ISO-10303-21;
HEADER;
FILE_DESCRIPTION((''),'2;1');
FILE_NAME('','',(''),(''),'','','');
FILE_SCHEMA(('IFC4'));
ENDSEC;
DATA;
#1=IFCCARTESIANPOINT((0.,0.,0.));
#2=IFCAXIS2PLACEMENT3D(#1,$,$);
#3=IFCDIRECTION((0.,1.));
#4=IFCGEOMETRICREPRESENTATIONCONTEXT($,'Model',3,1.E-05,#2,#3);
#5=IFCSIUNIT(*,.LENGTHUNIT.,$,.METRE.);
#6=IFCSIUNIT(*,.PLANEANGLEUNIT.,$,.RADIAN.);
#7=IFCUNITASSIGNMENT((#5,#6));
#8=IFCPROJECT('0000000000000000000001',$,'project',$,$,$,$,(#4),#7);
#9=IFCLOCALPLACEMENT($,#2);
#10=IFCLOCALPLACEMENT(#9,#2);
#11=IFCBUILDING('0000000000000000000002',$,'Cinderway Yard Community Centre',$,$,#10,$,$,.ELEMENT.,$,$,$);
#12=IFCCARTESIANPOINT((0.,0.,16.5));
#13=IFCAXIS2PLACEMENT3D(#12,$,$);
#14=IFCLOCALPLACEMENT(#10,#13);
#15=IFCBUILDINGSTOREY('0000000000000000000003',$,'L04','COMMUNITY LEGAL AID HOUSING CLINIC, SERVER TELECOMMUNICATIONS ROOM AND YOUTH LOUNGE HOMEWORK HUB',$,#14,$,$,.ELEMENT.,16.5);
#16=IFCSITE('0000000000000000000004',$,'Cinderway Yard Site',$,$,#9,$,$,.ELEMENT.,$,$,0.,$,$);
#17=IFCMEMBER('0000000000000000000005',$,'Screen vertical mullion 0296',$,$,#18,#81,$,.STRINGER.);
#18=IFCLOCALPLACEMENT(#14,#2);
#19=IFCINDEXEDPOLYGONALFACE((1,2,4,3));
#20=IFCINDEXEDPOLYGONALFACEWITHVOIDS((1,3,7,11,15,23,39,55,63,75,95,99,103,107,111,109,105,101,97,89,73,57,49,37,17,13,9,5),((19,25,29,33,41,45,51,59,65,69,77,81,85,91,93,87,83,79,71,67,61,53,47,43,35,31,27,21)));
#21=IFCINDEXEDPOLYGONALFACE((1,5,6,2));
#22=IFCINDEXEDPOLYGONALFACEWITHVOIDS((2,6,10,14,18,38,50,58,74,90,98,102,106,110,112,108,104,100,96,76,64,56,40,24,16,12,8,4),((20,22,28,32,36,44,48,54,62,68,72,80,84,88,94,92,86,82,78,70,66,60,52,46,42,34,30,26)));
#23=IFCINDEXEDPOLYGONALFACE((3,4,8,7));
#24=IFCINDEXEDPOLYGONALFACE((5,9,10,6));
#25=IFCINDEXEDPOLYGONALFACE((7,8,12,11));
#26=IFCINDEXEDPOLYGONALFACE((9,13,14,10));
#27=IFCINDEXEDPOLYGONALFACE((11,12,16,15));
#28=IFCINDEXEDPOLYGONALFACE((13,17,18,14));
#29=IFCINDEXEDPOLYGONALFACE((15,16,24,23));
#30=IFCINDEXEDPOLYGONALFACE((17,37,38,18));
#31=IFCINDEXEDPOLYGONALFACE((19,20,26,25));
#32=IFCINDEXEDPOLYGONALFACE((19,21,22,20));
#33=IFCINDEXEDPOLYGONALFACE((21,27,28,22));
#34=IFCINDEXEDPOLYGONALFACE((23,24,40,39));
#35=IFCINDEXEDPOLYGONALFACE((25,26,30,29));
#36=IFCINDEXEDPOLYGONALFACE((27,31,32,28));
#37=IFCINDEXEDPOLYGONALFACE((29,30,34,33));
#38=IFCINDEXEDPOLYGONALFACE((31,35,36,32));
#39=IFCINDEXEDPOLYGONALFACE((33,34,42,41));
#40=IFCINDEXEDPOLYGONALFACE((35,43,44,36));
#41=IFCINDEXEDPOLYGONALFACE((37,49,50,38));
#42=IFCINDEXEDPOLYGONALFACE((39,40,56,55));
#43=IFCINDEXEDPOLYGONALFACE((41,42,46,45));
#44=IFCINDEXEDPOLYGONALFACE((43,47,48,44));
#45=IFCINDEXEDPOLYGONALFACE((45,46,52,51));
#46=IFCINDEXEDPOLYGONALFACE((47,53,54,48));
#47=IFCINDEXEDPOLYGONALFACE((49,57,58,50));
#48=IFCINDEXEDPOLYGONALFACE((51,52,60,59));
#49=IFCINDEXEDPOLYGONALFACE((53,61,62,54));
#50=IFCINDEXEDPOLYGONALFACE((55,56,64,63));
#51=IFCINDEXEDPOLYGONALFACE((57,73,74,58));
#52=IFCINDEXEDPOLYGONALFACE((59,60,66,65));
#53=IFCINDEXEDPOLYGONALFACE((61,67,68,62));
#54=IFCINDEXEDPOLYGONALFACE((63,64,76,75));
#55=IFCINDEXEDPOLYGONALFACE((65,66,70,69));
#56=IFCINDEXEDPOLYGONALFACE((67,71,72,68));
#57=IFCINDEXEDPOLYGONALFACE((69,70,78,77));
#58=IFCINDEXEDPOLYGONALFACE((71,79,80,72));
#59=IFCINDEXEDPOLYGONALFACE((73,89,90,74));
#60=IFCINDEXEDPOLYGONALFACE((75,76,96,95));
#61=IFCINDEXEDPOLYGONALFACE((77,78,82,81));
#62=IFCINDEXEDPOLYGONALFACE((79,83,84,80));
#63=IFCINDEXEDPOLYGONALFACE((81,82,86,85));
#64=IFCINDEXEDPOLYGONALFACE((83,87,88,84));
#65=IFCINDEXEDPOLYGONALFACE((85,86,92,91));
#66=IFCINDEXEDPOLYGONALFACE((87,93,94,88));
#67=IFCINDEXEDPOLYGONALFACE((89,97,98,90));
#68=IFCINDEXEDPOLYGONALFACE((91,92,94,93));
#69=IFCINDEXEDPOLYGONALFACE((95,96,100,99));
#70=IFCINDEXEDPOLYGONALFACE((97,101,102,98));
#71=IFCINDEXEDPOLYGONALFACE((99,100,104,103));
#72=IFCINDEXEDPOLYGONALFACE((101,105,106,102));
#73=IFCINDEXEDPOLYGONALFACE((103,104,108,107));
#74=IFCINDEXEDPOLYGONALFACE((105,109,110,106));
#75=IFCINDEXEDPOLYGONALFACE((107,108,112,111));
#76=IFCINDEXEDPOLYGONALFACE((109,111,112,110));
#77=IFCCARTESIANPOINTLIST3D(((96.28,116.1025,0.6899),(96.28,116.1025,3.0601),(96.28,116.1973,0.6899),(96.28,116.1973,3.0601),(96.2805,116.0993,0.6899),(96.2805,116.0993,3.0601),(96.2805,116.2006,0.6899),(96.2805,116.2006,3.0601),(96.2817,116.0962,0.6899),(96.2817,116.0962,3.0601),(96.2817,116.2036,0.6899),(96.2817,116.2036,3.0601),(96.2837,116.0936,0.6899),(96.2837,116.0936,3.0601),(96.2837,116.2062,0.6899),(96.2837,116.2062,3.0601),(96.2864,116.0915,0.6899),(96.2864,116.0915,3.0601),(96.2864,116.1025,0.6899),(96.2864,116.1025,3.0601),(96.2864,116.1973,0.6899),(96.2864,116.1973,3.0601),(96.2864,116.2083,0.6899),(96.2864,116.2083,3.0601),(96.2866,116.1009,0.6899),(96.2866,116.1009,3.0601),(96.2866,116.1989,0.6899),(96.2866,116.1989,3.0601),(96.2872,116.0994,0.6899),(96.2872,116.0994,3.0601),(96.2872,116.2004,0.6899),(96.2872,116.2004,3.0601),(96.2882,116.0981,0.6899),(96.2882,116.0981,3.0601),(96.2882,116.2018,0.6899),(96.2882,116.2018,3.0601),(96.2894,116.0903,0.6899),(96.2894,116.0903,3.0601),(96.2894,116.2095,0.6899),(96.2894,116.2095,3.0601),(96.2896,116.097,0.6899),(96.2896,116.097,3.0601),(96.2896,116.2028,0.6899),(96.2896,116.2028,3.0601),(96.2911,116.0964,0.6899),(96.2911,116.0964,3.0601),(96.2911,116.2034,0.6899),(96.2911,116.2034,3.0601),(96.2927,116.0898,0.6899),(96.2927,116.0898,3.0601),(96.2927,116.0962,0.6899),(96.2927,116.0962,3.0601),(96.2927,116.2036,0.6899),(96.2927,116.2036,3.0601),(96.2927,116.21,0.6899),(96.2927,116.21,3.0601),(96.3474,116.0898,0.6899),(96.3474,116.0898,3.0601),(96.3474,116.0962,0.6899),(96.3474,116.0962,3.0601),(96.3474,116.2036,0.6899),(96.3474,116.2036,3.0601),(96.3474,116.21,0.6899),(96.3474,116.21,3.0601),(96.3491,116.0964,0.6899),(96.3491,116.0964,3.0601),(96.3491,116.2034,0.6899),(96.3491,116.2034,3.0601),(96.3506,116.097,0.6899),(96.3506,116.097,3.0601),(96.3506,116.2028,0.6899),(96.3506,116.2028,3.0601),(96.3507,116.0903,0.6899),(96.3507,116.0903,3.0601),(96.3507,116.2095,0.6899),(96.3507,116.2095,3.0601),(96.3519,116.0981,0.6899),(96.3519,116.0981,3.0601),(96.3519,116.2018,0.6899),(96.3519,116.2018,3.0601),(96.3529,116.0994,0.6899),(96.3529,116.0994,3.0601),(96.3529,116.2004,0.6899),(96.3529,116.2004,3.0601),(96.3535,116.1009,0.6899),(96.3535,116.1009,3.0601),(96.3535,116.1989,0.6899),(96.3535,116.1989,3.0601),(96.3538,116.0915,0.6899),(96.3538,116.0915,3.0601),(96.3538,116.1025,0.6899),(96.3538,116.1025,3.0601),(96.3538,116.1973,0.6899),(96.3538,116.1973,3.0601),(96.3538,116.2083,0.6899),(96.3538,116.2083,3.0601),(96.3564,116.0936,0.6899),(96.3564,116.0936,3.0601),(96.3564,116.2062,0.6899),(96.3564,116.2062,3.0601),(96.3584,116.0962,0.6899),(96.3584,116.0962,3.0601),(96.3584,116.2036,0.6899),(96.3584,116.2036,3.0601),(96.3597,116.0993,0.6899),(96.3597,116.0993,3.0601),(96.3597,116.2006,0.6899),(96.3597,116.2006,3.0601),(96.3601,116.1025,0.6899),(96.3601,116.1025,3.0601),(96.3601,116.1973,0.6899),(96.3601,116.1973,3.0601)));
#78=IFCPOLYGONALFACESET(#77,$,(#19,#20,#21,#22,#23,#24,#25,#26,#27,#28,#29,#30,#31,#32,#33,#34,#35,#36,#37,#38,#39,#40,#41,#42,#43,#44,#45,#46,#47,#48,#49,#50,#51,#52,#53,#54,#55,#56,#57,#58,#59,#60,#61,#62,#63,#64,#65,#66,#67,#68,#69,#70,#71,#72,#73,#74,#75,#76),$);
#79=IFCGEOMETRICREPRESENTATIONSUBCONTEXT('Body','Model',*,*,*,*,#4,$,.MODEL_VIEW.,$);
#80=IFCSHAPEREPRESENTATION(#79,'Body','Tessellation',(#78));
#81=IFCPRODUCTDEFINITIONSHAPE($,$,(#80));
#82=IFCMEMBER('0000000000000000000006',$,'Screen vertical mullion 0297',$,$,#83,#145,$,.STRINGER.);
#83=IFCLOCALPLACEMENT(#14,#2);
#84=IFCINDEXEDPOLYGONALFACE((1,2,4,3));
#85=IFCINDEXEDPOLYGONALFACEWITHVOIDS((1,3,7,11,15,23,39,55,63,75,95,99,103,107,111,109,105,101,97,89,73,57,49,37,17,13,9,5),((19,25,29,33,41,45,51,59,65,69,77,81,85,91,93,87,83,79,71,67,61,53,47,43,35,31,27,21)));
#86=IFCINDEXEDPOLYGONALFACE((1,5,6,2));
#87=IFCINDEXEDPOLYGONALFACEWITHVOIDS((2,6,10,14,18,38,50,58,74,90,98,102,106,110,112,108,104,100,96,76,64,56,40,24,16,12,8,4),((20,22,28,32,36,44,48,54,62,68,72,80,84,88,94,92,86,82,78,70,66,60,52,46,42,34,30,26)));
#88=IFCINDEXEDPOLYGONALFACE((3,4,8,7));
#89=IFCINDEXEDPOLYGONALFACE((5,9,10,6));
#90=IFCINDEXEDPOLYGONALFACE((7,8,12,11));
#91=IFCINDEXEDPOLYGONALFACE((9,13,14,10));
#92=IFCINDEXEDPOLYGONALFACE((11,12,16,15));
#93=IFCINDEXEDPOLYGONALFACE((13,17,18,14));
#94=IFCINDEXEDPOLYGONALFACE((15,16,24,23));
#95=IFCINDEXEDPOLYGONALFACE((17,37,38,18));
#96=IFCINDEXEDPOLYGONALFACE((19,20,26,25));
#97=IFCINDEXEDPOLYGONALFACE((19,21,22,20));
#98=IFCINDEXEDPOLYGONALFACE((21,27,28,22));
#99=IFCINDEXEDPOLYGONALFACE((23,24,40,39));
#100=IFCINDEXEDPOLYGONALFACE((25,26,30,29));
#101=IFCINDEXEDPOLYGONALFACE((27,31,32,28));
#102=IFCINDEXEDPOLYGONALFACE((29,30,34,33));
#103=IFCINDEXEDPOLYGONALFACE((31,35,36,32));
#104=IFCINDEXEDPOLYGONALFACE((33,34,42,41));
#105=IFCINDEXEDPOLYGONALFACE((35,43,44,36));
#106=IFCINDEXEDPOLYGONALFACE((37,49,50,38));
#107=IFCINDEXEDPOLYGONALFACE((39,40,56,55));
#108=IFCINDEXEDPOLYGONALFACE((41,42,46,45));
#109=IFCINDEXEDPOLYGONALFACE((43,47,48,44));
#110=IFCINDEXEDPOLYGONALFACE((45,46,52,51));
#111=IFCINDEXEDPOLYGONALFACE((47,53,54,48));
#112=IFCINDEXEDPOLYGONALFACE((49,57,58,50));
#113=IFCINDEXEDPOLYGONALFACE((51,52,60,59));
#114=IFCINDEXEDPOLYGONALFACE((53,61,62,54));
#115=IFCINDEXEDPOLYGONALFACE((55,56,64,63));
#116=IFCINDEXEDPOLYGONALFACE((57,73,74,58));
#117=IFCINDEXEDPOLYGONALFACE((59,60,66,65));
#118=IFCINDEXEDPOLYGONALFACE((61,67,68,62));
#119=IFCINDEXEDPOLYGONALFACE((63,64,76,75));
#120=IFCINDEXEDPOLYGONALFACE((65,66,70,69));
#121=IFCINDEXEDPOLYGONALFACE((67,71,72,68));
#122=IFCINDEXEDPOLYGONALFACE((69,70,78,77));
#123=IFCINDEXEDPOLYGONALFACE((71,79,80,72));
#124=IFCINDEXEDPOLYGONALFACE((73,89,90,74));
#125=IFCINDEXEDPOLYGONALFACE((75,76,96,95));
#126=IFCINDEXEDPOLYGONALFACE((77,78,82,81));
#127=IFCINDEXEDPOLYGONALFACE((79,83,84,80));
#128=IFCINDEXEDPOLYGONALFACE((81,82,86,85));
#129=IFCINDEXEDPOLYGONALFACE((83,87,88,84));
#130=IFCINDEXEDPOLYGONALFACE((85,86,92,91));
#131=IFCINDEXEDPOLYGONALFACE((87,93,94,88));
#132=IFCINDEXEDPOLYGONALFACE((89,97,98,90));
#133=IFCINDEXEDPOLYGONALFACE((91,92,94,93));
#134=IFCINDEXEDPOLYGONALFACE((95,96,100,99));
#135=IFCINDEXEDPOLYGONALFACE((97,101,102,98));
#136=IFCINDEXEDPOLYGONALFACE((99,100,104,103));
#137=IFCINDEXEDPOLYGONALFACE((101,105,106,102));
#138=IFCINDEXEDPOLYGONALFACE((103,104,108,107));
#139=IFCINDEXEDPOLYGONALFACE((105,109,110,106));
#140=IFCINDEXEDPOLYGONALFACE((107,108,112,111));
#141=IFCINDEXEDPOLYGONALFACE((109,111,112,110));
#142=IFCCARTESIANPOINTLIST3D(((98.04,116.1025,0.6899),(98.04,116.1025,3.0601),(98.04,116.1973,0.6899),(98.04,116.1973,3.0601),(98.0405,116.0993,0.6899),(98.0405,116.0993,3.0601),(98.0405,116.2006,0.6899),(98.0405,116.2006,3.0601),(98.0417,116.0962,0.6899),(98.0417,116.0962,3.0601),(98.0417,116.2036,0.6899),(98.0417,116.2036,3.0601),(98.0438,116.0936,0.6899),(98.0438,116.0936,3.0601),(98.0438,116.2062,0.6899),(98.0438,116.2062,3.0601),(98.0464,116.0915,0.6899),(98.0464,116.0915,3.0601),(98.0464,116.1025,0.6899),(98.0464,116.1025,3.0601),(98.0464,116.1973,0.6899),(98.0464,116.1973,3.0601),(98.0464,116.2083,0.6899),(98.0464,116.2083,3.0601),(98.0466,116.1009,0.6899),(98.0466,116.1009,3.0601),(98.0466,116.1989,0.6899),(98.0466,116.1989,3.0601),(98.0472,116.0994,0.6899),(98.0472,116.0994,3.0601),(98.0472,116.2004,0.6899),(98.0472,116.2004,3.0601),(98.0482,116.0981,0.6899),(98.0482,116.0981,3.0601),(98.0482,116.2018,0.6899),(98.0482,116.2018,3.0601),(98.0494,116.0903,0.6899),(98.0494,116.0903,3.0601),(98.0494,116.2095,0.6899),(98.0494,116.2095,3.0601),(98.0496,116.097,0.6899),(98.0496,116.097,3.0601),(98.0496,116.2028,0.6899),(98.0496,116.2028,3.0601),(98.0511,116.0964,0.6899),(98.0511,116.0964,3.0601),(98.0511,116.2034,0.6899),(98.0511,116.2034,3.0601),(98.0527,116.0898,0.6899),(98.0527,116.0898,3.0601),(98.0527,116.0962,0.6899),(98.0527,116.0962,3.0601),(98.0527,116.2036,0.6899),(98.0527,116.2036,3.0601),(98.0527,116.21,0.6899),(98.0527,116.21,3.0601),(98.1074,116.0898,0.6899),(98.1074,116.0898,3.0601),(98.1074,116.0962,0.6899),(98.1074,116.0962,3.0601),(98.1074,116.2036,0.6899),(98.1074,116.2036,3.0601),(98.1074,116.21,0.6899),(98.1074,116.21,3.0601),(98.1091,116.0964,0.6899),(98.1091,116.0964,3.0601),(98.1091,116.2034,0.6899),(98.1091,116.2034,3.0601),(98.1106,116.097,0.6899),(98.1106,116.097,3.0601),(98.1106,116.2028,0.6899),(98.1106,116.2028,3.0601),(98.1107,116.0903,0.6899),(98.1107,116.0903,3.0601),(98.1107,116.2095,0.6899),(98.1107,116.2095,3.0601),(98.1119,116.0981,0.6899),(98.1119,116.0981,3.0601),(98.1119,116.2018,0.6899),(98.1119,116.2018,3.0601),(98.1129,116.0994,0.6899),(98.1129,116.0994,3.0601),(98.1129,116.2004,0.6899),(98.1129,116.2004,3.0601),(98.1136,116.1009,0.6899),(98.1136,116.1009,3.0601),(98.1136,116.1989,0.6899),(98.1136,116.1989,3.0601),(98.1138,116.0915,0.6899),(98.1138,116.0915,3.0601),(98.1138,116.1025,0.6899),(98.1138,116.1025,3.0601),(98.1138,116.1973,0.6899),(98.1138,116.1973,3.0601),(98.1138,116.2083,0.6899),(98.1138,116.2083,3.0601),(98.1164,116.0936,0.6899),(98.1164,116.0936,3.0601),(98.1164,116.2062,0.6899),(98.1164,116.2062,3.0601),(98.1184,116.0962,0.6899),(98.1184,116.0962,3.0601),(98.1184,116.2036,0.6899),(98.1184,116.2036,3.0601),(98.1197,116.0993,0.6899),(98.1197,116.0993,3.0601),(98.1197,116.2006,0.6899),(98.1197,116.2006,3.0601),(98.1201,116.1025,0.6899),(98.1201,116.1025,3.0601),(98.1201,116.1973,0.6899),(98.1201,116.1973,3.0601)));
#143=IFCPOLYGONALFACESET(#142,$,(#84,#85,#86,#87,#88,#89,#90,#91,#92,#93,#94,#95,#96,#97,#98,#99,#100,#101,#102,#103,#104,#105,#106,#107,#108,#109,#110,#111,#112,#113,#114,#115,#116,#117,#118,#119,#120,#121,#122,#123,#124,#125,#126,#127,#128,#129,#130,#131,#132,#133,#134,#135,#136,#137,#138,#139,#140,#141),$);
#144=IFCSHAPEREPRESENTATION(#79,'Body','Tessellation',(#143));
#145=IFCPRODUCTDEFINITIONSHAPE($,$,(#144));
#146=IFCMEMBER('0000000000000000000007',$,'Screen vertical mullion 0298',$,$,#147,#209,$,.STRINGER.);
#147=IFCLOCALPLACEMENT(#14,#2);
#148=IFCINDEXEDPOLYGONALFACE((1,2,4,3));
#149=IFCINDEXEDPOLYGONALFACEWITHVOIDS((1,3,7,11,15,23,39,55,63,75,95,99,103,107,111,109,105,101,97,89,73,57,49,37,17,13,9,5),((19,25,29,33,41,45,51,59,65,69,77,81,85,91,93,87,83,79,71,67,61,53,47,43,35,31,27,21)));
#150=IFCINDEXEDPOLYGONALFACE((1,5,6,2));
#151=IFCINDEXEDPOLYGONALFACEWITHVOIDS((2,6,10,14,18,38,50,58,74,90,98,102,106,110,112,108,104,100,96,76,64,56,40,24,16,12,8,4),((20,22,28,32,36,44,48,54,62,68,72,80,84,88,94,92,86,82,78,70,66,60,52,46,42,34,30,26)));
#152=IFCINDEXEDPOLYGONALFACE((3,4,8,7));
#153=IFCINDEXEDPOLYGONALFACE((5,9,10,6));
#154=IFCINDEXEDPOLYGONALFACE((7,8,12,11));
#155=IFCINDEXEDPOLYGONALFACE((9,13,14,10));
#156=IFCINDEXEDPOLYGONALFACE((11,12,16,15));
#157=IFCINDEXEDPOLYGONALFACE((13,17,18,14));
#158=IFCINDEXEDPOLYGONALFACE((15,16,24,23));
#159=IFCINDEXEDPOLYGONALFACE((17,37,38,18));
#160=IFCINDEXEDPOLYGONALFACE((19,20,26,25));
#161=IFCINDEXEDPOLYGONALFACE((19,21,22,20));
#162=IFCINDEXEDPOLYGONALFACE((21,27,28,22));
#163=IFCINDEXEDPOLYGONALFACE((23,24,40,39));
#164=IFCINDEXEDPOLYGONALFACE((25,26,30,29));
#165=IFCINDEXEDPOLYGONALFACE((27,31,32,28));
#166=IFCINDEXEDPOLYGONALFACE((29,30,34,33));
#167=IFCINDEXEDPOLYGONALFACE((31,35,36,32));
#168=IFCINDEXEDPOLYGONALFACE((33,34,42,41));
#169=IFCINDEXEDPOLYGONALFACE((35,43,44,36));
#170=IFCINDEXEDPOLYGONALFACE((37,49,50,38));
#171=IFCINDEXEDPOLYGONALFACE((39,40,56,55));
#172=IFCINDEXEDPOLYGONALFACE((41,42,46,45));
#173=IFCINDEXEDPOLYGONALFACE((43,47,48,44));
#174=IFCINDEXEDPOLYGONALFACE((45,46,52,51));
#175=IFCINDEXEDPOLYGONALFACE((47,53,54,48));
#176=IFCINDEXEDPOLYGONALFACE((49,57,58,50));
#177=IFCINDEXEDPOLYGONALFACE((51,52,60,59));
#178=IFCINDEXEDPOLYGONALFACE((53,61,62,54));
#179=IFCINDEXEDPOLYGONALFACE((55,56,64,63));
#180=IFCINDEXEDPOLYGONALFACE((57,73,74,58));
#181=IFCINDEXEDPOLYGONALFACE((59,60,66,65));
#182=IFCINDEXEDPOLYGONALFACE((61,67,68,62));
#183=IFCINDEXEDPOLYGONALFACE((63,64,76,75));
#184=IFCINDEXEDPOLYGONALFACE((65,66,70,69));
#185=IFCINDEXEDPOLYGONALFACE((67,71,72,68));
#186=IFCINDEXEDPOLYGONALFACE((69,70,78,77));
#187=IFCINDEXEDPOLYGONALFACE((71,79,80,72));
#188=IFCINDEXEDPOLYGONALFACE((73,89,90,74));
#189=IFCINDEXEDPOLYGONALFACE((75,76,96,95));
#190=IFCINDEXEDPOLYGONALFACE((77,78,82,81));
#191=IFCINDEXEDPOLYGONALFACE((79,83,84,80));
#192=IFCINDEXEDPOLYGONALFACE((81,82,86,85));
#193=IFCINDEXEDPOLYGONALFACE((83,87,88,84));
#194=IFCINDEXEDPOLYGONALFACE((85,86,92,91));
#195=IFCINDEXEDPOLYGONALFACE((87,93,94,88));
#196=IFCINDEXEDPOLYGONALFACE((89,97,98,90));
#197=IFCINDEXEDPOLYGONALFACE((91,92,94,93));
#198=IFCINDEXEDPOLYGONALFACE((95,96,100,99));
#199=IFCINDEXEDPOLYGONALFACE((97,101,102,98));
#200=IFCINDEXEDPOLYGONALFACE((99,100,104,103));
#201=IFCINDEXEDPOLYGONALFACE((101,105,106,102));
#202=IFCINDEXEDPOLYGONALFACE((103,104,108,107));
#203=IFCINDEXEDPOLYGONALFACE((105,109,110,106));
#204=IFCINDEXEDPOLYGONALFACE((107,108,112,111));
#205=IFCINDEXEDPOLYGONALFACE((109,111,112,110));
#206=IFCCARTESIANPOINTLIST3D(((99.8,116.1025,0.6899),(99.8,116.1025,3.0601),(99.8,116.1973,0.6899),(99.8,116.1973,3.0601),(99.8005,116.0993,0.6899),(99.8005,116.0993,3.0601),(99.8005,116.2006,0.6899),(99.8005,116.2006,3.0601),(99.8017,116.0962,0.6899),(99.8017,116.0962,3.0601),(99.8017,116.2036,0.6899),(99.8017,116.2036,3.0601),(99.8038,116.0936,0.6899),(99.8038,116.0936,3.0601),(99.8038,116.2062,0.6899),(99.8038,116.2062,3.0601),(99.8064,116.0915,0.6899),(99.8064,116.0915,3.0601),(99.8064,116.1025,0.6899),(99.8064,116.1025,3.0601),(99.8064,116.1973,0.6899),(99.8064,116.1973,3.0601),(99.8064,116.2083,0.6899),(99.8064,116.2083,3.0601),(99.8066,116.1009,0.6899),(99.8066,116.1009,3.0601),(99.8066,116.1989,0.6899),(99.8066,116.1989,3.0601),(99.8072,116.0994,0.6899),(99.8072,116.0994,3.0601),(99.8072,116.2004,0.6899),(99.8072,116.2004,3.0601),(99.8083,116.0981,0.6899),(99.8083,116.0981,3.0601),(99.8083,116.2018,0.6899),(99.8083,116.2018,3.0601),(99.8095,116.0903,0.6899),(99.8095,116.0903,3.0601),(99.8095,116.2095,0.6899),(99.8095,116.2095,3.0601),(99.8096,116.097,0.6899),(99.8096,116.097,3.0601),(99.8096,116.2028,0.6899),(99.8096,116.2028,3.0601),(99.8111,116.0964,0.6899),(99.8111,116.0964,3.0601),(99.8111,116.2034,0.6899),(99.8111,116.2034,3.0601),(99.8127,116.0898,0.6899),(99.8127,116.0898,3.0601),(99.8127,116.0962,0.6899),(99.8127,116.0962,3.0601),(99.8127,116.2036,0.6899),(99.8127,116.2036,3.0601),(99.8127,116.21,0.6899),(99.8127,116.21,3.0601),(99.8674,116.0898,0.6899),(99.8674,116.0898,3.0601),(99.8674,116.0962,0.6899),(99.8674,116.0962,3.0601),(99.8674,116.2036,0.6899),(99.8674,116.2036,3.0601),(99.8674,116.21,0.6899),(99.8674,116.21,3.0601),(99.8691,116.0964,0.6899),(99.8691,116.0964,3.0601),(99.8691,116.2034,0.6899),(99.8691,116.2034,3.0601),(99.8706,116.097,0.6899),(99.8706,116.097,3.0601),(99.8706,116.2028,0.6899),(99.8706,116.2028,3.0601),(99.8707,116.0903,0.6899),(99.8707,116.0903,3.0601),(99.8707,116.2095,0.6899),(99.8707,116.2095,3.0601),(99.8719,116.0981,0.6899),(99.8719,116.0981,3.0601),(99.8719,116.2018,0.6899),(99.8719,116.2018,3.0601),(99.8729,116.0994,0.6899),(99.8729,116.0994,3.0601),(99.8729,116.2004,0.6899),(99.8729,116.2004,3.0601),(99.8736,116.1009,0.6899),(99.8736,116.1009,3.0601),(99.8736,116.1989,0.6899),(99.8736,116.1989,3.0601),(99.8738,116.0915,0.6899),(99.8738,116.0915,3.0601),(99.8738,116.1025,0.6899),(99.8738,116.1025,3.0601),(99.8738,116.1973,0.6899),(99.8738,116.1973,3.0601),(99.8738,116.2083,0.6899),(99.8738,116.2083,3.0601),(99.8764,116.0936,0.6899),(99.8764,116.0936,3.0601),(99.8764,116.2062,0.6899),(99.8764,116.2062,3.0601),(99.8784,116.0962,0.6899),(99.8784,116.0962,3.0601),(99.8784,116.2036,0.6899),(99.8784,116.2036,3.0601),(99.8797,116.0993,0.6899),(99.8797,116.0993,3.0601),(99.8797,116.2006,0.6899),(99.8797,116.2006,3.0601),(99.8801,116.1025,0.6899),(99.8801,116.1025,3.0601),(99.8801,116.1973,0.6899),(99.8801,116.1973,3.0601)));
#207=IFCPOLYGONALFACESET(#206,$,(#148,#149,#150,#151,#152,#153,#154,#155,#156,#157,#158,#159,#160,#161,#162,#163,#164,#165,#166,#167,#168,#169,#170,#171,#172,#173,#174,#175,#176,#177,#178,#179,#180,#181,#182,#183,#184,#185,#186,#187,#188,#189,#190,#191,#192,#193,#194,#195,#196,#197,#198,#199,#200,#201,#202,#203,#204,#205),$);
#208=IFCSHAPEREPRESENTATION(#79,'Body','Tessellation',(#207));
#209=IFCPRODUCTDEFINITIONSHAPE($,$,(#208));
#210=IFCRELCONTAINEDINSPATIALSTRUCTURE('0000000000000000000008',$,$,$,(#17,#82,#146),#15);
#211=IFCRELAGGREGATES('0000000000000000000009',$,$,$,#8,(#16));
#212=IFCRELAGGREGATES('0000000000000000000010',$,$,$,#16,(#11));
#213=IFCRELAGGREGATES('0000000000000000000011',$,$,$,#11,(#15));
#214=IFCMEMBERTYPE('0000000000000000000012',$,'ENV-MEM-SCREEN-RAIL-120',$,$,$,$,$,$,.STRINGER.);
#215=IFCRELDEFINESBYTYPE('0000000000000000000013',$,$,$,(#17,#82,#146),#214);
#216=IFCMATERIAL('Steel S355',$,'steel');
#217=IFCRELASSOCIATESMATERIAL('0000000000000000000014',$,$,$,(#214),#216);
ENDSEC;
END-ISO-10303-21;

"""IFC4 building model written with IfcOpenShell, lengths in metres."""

from ifc_helpers import new_model, si_unit, direction, frame, origin, origin_2d, place, context, subcontext, project, spatial, hollow_rectangle, extrude, material, material_profile, profile_set, type_object, element, save


model = new_model("IFC4")

# Units and contexts
model_context = context("Model", 3, precision=1e-05, world=origin(), true_north=direction((0.0, 1.0)))
body_context = subcontext(model_context, "Body", "Model", "MODEL_VIEW")
ifc_project = project(units=[si_unit("LENGTHUNIT", "METRE"), si_unit("PLANEANGLEUNIT", "RADIAN")], contexts=[model_context])

# Site, building, storey
site_placement = place(None, origin())
site = spatial("IfcSite", under=ifc_project, at=site_placement, Name="Cinderway Yard Site", CompositionType="ELEMENT", RefElevation=0.0)
building_placement = place(site_placement, origin())
building = spatial("IfcBuilding", under=site, at=building_placement, Name="Cinderway Yard Community Centre", CompositionType="ELEMENT")
storey_placement = place(building_placement, frame((0.0, 0.0, 16.5)))
storey = spatial("IfcBuildingStorey", under=building, at=storey_placement, Name="L04", Description="COMMUNITY LEGAL AID HOUSING CLINIC, SERVER TELECOMMUNICATIONS ROOM AND YOUTH LOUNGE HOMEWORK HUB", CompositionType="ELEMENT", Elevation=16.5)

# Members
ifc_material_1 = material(Name="Steel S355", Category="steel")
ifc_material_profile_1 = material_profile(ifc_material_1, hollow_rectangle(XDim=0.0801, YDim=0.1201, WallThickness=0.0063, InnerFilletRadius=0.0063, OuterFilletRadius=0.0127, at=origin_2d()), Name="Steel S355")
ifc_profile_set_1 = profile_set([ifc_material_profile_1], Name="Steel S355")
member_type_1 = type_object("IfcMemberType", Name="ENV-MEM-SCREEN-RAIL-120", PredefinedType="STRINGER", material=ifc_profile_set_1)
for number, where, z_axis, x_axis, name in (
    (1, (96.3201, 116.1499, 0.6899), (0.0, 0.0, 1.0), (1.0, 0.0, 0.0), "Screen vertical mullion 0296"),
    (2, (98.0801, 116.1499, 0.6899), (0.0, 0.0, 1.0), (1.0, 0.0, 0.0), "Screen vertical mullion 0297"),
    (3, (99.8401, 116.1499, 0.6899), (0.0, 0.0, 1.0), (1.0, 0.0, 0.0), "Screen vertical mullion 0298"),
):
    element("IfcMember", number, at=place(storey_placement, frame(where, z_axis=z_axis, x_axis=x_axis)), inside=storey, type_object=member_type_1, Name=name, PredefinedType="STRINGER", context=body_context, shape_type="SweptSolid", body=[
        extrude(hollow_rectangle(XDim=0.0801, YDim=0.1201, WallThickness=0.0063, InnerFilletRadius=0.0063, OuterFilletRadius=0.0127, at=origin_2d()), origin(), (0.0, 0.0, 1.0), 2.3701),
    ])

save(model, "model.ifc")
